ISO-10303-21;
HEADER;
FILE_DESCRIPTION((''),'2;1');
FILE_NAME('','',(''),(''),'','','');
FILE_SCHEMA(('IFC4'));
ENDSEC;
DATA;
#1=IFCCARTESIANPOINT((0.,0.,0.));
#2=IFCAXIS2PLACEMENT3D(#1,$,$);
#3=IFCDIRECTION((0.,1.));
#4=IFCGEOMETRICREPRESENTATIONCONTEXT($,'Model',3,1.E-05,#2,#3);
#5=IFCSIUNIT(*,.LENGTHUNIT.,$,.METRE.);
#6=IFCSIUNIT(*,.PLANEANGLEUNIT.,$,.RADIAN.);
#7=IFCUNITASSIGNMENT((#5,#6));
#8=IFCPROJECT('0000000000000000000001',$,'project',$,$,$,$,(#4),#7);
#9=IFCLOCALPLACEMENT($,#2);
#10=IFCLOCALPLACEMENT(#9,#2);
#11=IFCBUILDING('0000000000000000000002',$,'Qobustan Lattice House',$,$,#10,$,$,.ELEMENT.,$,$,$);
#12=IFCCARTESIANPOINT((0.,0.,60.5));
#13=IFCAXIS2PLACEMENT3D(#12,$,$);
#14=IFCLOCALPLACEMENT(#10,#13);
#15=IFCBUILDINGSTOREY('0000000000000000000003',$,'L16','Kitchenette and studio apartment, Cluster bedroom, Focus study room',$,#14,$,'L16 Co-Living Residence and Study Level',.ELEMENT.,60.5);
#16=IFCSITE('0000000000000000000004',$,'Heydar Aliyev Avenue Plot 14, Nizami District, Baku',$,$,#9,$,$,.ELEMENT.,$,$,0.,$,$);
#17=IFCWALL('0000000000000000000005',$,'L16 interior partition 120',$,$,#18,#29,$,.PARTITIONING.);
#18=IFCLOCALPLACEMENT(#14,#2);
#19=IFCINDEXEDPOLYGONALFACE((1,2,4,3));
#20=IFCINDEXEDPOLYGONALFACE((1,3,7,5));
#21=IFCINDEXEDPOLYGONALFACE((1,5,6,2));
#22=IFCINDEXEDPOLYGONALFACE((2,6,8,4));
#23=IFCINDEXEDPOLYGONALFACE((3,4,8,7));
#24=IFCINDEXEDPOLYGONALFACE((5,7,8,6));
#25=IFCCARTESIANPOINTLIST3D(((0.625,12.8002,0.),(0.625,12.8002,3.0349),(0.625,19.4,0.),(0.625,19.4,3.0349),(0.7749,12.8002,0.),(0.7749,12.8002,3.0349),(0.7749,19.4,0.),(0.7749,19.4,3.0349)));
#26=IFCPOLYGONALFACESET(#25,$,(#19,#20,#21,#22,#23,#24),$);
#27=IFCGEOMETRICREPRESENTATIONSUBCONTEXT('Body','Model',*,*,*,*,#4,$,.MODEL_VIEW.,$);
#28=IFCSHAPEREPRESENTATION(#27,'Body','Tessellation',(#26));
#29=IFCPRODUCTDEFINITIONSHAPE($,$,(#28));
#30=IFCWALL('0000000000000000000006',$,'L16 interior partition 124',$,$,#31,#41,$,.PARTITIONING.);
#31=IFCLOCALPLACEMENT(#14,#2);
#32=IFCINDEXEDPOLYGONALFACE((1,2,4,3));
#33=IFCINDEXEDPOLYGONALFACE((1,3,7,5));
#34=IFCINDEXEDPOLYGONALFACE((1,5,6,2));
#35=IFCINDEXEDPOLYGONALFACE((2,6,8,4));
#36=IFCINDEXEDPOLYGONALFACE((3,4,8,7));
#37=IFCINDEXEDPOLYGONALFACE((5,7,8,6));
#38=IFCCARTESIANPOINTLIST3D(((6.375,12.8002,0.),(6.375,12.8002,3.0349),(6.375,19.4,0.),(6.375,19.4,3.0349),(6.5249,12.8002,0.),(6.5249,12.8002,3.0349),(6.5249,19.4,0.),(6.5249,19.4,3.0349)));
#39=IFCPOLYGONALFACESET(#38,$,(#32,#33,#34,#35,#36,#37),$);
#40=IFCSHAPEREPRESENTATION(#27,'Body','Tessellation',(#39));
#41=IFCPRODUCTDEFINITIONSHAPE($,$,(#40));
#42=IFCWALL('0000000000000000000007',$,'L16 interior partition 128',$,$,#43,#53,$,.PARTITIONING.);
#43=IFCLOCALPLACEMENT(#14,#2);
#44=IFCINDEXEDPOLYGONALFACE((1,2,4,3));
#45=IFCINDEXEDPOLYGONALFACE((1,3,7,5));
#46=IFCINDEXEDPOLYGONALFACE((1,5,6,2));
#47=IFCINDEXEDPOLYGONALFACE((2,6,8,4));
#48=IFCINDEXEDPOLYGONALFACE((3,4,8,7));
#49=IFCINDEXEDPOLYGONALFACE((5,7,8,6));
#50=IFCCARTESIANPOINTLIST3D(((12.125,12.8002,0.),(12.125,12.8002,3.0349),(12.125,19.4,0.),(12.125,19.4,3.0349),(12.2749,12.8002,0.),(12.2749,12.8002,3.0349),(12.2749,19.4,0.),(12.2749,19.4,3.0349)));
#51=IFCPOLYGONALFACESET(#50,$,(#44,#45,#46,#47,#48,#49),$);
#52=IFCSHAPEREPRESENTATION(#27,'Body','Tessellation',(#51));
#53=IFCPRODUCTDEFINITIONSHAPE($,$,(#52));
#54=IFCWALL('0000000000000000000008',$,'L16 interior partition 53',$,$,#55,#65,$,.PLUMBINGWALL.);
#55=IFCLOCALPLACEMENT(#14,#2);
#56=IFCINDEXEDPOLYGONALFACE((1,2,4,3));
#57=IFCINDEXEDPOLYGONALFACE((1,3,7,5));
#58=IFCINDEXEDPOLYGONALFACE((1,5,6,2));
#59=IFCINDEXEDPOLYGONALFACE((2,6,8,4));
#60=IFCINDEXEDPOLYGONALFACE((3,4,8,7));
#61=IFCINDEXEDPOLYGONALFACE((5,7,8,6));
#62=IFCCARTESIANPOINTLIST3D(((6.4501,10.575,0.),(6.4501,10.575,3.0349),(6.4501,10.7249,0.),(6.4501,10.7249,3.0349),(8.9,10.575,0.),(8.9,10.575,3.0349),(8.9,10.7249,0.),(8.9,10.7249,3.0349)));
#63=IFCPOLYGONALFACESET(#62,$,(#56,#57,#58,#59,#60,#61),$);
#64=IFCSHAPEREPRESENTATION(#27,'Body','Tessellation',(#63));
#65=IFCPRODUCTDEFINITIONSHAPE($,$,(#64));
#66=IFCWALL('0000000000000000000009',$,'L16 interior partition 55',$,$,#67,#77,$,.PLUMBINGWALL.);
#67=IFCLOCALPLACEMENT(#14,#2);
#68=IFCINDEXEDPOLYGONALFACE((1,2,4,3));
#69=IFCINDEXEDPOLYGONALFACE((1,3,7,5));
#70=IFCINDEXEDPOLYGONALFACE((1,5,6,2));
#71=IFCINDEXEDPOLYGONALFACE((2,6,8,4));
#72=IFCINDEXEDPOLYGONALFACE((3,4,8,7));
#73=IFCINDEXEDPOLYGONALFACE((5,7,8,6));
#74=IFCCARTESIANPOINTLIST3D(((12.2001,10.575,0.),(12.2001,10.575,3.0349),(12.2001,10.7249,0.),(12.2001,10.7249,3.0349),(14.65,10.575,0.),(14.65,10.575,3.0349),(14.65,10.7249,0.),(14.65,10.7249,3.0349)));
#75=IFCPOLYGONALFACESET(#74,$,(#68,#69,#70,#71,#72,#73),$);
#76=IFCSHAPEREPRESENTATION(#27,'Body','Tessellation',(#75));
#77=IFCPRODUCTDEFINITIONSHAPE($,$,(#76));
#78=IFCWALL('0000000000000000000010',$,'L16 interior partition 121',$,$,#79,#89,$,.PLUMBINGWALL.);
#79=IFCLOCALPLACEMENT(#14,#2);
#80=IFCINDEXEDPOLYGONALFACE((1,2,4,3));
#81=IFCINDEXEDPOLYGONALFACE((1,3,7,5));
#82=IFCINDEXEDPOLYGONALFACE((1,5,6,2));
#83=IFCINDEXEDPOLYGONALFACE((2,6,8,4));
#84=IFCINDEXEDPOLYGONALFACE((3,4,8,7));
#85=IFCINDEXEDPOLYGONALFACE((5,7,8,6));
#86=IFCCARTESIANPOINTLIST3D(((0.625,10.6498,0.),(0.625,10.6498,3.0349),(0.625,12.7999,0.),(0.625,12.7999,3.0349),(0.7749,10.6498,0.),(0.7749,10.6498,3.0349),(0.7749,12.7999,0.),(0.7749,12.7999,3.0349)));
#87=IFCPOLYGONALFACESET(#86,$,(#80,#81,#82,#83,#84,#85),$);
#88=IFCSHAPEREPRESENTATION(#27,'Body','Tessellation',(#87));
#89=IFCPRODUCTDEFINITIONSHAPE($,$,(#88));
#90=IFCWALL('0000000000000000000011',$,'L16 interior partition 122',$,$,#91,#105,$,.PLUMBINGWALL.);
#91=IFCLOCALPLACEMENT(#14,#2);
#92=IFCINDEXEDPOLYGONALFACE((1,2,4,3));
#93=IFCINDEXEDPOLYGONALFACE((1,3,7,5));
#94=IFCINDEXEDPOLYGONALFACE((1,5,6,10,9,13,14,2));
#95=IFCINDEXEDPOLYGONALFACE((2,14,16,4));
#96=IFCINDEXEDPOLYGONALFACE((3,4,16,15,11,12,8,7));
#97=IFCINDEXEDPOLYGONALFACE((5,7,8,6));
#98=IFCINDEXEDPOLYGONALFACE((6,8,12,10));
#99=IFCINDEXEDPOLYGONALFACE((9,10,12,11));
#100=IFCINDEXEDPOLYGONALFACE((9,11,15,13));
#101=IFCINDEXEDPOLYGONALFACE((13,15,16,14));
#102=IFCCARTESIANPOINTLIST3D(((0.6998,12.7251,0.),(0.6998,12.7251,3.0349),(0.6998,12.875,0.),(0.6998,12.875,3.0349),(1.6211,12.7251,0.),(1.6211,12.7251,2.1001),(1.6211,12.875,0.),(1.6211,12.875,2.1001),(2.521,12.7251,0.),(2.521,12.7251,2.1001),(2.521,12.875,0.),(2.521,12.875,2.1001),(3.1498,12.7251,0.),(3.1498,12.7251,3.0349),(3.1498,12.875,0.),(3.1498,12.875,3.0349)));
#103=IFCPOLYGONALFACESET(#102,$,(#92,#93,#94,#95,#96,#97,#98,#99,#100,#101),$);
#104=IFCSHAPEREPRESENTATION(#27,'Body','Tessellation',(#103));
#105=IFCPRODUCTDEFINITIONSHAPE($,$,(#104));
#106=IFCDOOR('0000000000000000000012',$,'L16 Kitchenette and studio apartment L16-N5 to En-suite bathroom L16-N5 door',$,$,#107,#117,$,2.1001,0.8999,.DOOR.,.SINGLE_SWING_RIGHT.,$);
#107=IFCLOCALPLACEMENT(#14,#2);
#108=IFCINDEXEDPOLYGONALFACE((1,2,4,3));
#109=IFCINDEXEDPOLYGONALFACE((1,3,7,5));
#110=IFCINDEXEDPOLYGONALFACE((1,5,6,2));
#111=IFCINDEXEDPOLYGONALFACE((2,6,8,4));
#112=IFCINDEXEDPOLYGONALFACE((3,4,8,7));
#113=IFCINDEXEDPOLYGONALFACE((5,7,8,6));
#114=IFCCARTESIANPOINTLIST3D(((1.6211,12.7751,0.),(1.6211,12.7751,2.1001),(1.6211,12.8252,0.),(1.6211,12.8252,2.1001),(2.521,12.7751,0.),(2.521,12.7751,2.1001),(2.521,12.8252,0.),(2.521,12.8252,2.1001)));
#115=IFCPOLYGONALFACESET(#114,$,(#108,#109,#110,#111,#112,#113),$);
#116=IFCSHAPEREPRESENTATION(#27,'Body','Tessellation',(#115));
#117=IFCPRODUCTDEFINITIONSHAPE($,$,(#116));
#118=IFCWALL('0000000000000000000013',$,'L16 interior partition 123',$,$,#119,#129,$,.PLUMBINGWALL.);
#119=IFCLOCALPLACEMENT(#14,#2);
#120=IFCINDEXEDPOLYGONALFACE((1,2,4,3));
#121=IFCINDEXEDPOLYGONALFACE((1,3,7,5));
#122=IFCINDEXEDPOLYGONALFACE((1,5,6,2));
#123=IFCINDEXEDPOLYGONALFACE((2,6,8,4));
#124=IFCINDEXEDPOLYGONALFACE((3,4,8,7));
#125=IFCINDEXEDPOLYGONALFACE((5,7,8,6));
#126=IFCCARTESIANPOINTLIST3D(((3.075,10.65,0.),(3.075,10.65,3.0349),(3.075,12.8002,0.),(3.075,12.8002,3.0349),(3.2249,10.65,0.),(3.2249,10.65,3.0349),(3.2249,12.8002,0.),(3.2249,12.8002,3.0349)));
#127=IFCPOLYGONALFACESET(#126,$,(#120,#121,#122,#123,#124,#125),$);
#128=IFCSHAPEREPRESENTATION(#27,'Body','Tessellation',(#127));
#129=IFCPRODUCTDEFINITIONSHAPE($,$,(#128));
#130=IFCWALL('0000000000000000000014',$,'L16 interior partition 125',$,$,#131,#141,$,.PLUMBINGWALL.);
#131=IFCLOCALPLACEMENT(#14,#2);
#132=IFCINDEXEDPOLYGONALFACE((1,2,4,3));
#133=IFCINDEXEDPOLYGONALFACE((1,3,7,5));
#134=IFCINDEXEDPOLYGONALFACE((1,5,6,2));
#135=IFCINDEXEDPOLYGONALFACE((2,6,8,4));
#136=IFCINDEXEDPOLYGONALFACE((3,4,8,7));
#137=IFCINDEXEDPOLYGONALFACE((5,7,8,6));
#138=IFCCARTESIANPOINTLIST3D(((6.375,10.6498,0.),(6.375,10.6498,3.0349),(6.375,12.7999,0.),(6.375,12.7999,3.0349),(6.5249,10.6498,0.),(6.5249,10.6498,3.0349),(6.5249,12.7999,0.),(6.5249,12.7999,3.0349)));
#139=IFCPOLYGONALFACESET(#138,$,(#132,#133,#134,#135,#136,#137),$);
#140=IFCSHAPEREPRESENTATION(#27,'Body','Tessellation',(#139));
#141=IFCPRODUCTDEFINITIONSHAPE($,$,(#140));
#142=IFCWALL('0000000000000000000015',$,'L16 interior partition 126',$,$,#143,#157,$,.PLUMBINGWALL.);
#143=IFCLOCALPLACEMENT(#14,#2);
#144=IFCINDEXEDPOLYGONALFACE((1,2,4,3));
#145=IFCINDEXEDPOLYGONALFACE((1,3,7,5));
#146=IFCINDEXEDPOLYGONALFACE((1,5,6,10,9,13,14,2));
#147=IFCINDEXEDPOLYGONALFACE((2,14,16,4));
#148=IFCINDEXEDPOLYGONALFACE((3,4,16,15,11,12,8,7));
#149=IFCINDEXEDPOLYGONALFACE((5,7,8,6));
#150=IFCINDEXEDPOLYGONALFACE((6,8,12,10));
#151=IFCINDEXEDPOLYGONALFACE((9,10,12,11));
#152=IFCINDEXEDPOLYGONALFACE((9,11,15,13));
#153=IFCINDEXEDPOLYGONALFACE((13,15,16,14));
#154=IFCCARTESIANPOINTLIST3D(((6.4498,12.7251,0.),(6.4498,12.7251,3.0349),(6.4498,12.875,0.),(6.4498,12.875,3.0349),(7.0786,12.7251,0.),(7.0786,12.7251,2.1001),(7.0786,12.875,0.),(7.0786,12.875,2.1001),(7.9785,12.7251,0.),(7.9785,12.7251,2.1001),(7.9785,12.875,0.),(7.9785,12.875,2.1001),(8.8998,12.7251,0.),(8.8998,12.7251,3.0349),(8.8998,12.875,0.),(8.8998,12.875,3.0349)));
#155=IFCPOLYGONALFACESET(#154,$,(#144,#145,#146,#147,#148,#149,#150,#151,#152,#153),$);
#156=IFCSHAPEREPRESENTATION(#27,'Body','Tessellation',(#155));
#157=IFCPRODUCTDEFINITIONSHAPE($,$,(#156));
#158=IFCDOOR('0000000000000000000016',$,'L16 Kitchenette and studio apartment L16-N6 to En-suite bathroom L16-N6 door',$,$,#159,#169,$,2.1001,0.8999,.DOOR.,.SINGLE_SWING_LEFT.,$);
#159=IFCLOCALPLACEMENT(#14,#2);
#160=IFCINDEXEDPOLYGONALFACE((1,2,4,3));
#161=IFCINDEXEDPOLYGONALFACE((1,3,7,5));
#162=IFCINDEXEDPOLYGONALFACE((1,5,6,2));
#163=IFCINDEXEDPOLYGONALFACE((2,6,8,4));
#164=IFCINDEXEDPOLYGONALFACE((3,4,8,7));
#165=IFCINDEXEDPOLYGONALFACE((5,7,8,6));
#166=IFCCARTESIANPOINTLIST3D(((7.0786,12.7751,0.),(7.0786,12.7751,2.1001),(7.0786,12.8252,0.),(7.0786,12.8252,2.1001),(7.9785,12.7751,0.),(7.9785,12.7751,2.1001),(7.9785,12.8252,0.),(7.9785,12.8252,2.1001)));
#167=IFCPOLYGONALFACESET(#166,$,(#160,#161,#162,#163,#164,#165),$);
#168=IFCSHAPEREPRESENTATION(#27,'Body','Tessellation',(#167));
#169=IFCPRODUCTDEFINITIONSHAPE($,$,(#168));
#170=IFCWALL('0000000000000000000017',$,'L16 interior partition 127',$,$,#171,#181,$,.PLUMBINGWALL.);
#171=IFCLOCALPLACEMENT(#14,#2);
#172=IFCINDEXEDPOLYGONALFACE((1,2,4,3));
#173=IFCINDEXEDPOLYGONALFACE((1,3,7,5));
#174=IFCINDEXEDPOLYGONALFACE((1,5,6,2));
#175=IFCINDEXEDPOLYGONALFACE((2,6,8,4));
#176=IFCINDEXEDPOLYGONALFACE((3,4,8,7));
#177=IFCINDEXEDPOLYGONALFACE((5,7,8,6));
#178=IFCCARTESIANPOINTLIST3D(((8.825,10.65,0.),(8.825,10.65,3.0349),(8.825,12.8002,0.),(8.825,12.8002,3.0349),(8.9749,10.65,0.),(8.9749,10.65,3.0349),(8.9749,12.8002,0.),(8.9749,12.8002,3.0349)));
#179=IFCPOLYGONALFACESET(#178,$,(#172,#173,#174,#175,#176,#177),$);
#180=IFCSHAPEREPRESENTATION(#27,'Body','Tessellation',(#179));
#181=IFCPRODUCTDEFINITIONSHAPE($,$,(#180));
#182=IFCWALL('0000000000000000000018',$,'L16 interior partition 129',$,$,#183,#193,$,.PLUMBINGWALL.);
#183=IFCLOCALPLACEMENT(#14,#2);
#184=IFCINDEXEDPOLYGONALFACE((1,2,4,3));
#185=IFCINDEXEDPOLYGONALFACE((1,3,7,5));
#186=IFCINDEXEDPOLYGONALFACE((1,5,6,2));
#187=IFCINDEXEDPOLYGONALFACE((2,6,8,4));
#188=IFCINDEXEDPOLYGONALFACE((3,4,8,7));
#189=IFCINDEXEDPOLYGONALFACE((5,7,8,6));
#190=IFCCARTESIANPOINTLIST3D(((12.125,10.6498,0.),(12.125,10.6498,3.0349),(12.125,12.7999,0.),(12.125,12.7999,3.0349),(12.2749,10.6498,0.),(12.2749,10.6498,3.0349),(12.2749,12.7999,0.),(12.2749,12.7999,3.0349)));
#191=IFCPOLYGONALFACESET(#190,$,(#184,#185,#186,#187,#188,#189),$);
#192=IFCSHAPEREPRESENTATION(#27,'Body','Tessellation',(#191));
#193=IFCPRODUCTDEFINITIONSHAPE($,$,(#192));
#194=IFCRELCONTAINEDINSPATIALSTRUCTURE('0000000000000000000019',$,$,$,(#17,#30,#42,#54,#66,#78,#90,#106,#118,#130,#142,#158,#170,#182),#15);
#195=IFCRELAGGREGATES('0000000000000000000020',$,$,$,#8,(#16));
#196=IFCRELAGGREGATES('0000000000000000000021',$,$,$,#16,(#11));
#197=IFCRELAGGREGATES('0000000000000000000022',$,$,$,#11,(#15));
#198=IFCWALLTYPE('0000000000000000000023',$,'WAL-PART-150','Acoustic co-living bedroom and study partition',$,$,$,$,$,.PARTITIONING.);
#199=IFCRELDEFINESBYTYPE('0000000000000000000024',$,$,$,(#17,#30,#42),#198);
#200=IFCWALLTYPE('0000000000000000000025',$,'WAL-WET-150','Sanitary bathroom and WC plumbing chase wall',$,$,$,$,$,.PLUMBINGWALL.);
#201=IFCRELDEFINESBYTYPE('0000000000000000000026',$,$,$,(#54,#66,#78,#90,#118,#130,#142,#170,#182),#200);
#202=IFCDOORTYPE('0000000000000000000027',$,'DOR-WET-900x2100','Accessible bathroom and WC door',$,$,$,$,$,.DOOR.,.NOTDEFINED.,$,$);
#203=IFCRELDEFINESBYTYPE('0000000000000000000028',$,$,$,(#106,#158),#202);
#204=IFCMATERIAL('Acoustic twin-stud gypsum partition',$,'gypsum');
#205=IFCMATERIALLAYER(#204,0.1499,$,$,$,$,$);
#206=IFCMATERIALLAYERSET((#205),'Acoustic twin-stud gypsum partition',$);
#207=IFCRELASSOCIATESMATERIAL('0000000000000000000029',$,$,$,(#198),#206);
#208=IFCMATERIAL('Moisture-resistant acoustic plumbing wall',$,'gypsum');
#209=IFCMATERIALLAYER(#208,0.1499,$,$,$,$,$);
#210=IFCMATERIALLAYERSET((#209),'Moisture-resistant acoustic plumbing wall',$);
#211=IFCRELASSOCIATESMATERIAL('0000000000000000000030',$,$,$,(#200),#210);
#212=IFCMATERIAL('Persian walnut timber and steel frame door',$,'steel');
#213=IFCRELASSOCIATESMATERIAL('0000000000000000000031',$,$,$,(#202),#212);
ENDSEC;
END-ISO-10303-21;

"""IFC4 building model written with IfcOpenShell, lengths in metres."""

from ifc_helpers import new_model, si_unit, direction, frame, frame_2d, origin, place, context, subcontext, project, spatial, rectangle, extrude, material, layer, layer_set, type_object, element, fill, save


model = new_model("IFC4")

# Units and contexts
model_context = context("Model", 3, precision=1e-05, world=origin(), true_north=direction((0.0, 1.0)))
body_context = subcontext(model_context, "Body", "Model", "MODEL_VIEW")
ifc_project = project(units=[si_unit("LENGTHUNIT", "METRE"), si_unit("PLANEANGLEUNIT", "RADIAN")], contexts=[model_context])

# Site, building, storey
site_placement = place(None, origin())
site = spatial("IfcSite", under=ifc_project, at=site_placement, Name="Heydar Aliyev Avenue Plot 14, Nizami District, Baku", CompositionType="ELEMENT", RefElevation=0.0)
building_placement = place(site_placement, origin())
building = spatial("IfcBuilding", under=site, at=building_placement, Name="Qobustan Lattice House", CompositionType="ELEMENT")
storey_placement = place(building_placement, frame((0.0, 0.0, 60.5)))
storey = spatial("IfcBuildingStorey", under=building, at=storey_placement, Name="L16", Description="Kitchenette and studio apartment, Cluster bedroom, Focus study room", LongName="L16 Co-Living Residence and Study Level", CompositionType="ELEMENT", Elevation=60.5)

# Walls
ifc_material_1 = material(Name="Acoustic twin-stud gypsum partition", Category="gypsum")
ifc_layer_1 = layer(ifc_material_1, 0.1499)
ifc_layer_set_1 = layer_set([ifc_layer_1], Name="Acoustic twin-stud gypsum partition")
wall_type_1 = type_object("IfcWallType", Name="WAL-PART-150", Description="Acoustic co-living bedroom and study partition", PredefinedType="PARTITIONING", material=ifc_layer_set_1)
for number, where, z_axis, x_axis, name in (
    (1, (0.7, 19.3999, 0.0), (0.0, 0.0, 1.0), (0.0, -1.0, 0.0), "L16 interior partition 120"),
    (2, (6.45, 19.3999, 0.0), (0.0, 0.0, 1.0), (0.0, -1.0, 0.0), "L16 interior partition 124"),
    (3, (12.2, 19.3999, 0.0), (0.0, 0.0, 1.0), (0.0, -1.0, 0.0), "L16 interior partition 128"),
):
    element("IfcWall", number, at=place(storey_placement, frame(where, z_axis=z_axis, x_axis=x_axis)), inside=storey, type_object=wall_type_1, Name=name, PredefinedType="PARTITIONING", context=body_context, shape_type="SweptSolid", body=[
        extrude(rectangle(XDim=6.5999, YDim=0.1499, at=frame_2d((3.2998, 0.0))), origin(), (0.0, 0.0, 1.0), 3.0349),
    ])
ifc_material_2 = material(Name="Moisture-resistant acoustic plumbing wall", Category="gypsum")
ifc_layer_2 = layer(ifc_material_2, 0.1499)
ifc_layer_set_2 = layer_set([ifc_layer_2], Name="Moisture-resistant acoustic plumbing wall")
wall_type_2 = type_object("IfcWallType", Name="WAL-WET-150", Description="Sanitary bathroom and WC plumbing chase wall", PredefinedType="PLUMBINGWALL", material=ifc_layer_set_2)
for number, where, z_axis, x_axis, name in (
    (4, (6.45, 10.6499, 0.0), (0.0, 0.0, 1.0), (1.0, 0.0, 0.0), "L16 interior partition 53"),
    (5, (12.2, 10.6499, 0.0), (0.0, 0.0, 1.0), (1.0, 0.0, 0.0), "L16 interior partition 55"),
):
    element("IfcWall", number, at=place(storey_placement, frame(where, z_axis=z_axis, x_axis=x_axis)), inside=storey, type_object=wall_type_2, Name=name, PredefinedType="PLUMBINGWALL", context=body_context, shape_type="SweptSolid", body=[
        extrude(rectangle(XDim=2.45, YDim=0.1499, at=frame_2d((1.2251, 0.0))), origin(), (0.0, 0.0, 1.0), 3.0349),
    ])
wall_1_placement = place(storey_placement, frame((0.7, 12.8, 0.0), z_axis=(0.0, 0.0, 1.0), x_axis=(0.0, -1.0, 0.0)))
element("IfcWall", 6, at=wall_1_placement, inside=storey, type_object=wall_type_2, Name="L16 interior partition 121", PredefinedType="PLUMBINGWALL", context=body_context, shape_type="SweptSolid", body=[
    extrude(rectangle(XDim=2.1501, YDim=0.1499, at=frame_2d((1.0752, 0.0))), origin(), (0.0, 0.0, 1.0), 3.0349),
])

# Wall, opening, door
wall_2_placement = place(storey_placement, frame((3.1499, 12.8, 0.0), z_axis=(0.0, 0.0, 1.0), x_axis=(-1.0, 0.0, 0.0)))
wall_2 = element("IfcWall", 7, at=wall_2_placement, inside=storey, type_object=wall_type_2, Name="L16 interior partition 122", PredefinedType="PLUMBINGWALL", context=body_context, shape_type="SweptSolid", body=[
    extrude(rectangle(XDim=2.45, YDim=0.1499, at=frame_2d((1.2251, 0.0))), origin(), (0.0, 0.0, 1.0), 3.0349),
])
opening_1_placement = place(wall_2_placement, frame((0.6289, 0.0, 0.0)))
opening_1 = element("IfcOpeningElement", 8, at=opening_1_placement, cuts=wall_2, PredefinedType="OPENING", context=body_context, shape_type="SweptSolid", body=[
    extrude(rectangle(XDim=0.8999, YDim=2.1001, at=frame_2d((0.45, 1.05))), frame((0.0, 0.085, 0.0), z_axis=(0.0, -1.0, 0.0), x_axis=(1.0, 0.0, 0.0)), (0.0, 0.0, 1.0), 0.1699),
])
ifc_material_3 = material(Name="Persian walnut timber and steel frame door", Category="steel")
door_type_1 = type_object("IfcDoorType", Name="DOR-WET-900x2100", Description="Accessible bathroom and WC door", OperationType="NOTDEFINED", PredefinedType="DOOR", material=ifc_material_3)
door_1_placement = place(opening_1_placement, origin())
door_1 = element("IfcDoor", 9, at=door_1_placement, inside=storey, type_object=door_type_1, Name="L16 Kitchenette and studio apartment L16-N5 to En-suite bathroom L16-N5 door", OperationType="SINGLE_SWING_RIGHT", OverallHeight=2.1001, OverallWidth=0.8999, PredefinedType="DOOR", context=body_context, shape_type="SweptSolid", body=[
    extrude(rectangle(XDim=0.8999, YDim=2.1001, at=frame_2d((0.45, 1.05))), frame((0.0, 0.0249, 0.0), z_axis=(0.0, -1.0, 0.0), x_axis=(1.0, 0.0, 0.0)), (0.0, 0.0, 1.0), 0.05),
])
fill(opening_1, door_1)

# Walls
for number, where, z_axis, x_axis, name in (
    (10, (3.1499, 10.6499, 0.0), (0.0, 0.0, 1.0), (0.0, 1.0, 0.0), "L16 interior partition 123"),
    (11, (6.45, 12.8, 0.0), (0.0, 0.0, 1.0), (0.0, -1.0, 0.0), "L16 interior partition 125"),
):
    element("IfcWall", number, at=place(storey_placement, frame(where, z_axis=z_axis, x_axis=x_axis)), inside=storey, type_object=wall_type_2, Name=name, PredefinedType="PLUMBINGWALL", context=body_context, shape_type="SweptSolid", body=[
        extrude(rectangle(XDim=2.1501, YDim=0.1499, at=frame_2d((1.0752, 0.0))), origin(), (0.0, 0.0, 1.0), 3.0349),
    ])

# Wall, opening, door
wall_3_placement = place(storey_placement, frame((8.8999, 12.8, 0.0), z_axis=(0.0, 0.0, 1.0), x_axis=(-1.0, 0.0, 0.0)))
wall_3 = element("IfcWall", 12, at=wall_3_placement, inside=storey, type_object=wall_type_2, Name="L16 interior partition 126", PredefinedType="PLUMBINGWALL", context=body_context, shape_type="SweptSolid", body=[
    extrude(rectangle(XDim=2.45, YDim=0.1499, at=frame_2d((1.2251, 0.0))), origin(), (0.0, 0.0, 1.0), 3.0349),
])
opening_2_placement = place(wall_3_placement, frame((0.9214, 0.0, 0.0)))
opening_2 = element("IfcOpeningElement", 13, at=opening_2_placement, cuts=wall_3, PredefinedType="OPENING", context=body_context, shape_type="SweptSolid", body=[
    extrude(rectangle(XDim=0.8999, YDim=2.1001, at=frame_2d((0.45, 1.05))), frame((0.0, 0.085, 0.0), z_axis=(0.0, -1.0, 0.0), x_axis=(1.0, 0.0, 0.0)), (0.0, 0.0, 1.0), 0.1699),
])
door_2_placement = place(opening_2_placement, origin())
door_2 = element("IfcDoor", 14, at=door_2_placement, inside=storey, type_object=door_type_1, Name="L16 Kitchenette and studio apartment L16-N6 to En-suite bathroom L16-N6 door", OperationType="SINGLE_SWING_LEFT", OverallHeight=2.1001, OverallWidth=0.8999, PredefinedType="DOOR", context=body_context, shape_type="SweptSolid", body=[
    extrude(rectangle(XDim=0.8999, YDim=2.1001, at=frame_2d((0.45, 1.05))), frame((0.0, 0.0249, 0.0), z_axis=(0.0, -1.0, 0.0), x_axis=(1.0, 0.0, 0.0)), (0.0, 0.0, 1.0), 0.05),
])
fill(opening_2, door_2)

# Walls
for number, where, z_axis, x_axis, name in (
    (15, (8.8999, 10.6499, 0.0), (0.0, 0.0, 1.0), (0.0, 1.0, 0.0), "L16 interior partition 127"),
    (16, (12.2, 12.8, 0.0), (0.0, 0.0, 1.0), (0.0, -1.0, 0.0), "L16 interior partition 129"),
):
    element("IfcWall", number, at=place(storey_placement, frame(where, z_axis=z_axis, x_axis=x_axis)), inside=storey, type_object=wall_type_2, Name=name, PredefinedType="PLUMBINGWALL", context=body_context, shape_type="SweptSolid", body=[
        extrude(rectangle(XDim=2.1501, YDim=0.1499, at=frame_2d((1.0752, 0.0))), origin(), (0.0, 0.0, 1.0), 3.0349),
    ])

save(model, "model.ifc")
